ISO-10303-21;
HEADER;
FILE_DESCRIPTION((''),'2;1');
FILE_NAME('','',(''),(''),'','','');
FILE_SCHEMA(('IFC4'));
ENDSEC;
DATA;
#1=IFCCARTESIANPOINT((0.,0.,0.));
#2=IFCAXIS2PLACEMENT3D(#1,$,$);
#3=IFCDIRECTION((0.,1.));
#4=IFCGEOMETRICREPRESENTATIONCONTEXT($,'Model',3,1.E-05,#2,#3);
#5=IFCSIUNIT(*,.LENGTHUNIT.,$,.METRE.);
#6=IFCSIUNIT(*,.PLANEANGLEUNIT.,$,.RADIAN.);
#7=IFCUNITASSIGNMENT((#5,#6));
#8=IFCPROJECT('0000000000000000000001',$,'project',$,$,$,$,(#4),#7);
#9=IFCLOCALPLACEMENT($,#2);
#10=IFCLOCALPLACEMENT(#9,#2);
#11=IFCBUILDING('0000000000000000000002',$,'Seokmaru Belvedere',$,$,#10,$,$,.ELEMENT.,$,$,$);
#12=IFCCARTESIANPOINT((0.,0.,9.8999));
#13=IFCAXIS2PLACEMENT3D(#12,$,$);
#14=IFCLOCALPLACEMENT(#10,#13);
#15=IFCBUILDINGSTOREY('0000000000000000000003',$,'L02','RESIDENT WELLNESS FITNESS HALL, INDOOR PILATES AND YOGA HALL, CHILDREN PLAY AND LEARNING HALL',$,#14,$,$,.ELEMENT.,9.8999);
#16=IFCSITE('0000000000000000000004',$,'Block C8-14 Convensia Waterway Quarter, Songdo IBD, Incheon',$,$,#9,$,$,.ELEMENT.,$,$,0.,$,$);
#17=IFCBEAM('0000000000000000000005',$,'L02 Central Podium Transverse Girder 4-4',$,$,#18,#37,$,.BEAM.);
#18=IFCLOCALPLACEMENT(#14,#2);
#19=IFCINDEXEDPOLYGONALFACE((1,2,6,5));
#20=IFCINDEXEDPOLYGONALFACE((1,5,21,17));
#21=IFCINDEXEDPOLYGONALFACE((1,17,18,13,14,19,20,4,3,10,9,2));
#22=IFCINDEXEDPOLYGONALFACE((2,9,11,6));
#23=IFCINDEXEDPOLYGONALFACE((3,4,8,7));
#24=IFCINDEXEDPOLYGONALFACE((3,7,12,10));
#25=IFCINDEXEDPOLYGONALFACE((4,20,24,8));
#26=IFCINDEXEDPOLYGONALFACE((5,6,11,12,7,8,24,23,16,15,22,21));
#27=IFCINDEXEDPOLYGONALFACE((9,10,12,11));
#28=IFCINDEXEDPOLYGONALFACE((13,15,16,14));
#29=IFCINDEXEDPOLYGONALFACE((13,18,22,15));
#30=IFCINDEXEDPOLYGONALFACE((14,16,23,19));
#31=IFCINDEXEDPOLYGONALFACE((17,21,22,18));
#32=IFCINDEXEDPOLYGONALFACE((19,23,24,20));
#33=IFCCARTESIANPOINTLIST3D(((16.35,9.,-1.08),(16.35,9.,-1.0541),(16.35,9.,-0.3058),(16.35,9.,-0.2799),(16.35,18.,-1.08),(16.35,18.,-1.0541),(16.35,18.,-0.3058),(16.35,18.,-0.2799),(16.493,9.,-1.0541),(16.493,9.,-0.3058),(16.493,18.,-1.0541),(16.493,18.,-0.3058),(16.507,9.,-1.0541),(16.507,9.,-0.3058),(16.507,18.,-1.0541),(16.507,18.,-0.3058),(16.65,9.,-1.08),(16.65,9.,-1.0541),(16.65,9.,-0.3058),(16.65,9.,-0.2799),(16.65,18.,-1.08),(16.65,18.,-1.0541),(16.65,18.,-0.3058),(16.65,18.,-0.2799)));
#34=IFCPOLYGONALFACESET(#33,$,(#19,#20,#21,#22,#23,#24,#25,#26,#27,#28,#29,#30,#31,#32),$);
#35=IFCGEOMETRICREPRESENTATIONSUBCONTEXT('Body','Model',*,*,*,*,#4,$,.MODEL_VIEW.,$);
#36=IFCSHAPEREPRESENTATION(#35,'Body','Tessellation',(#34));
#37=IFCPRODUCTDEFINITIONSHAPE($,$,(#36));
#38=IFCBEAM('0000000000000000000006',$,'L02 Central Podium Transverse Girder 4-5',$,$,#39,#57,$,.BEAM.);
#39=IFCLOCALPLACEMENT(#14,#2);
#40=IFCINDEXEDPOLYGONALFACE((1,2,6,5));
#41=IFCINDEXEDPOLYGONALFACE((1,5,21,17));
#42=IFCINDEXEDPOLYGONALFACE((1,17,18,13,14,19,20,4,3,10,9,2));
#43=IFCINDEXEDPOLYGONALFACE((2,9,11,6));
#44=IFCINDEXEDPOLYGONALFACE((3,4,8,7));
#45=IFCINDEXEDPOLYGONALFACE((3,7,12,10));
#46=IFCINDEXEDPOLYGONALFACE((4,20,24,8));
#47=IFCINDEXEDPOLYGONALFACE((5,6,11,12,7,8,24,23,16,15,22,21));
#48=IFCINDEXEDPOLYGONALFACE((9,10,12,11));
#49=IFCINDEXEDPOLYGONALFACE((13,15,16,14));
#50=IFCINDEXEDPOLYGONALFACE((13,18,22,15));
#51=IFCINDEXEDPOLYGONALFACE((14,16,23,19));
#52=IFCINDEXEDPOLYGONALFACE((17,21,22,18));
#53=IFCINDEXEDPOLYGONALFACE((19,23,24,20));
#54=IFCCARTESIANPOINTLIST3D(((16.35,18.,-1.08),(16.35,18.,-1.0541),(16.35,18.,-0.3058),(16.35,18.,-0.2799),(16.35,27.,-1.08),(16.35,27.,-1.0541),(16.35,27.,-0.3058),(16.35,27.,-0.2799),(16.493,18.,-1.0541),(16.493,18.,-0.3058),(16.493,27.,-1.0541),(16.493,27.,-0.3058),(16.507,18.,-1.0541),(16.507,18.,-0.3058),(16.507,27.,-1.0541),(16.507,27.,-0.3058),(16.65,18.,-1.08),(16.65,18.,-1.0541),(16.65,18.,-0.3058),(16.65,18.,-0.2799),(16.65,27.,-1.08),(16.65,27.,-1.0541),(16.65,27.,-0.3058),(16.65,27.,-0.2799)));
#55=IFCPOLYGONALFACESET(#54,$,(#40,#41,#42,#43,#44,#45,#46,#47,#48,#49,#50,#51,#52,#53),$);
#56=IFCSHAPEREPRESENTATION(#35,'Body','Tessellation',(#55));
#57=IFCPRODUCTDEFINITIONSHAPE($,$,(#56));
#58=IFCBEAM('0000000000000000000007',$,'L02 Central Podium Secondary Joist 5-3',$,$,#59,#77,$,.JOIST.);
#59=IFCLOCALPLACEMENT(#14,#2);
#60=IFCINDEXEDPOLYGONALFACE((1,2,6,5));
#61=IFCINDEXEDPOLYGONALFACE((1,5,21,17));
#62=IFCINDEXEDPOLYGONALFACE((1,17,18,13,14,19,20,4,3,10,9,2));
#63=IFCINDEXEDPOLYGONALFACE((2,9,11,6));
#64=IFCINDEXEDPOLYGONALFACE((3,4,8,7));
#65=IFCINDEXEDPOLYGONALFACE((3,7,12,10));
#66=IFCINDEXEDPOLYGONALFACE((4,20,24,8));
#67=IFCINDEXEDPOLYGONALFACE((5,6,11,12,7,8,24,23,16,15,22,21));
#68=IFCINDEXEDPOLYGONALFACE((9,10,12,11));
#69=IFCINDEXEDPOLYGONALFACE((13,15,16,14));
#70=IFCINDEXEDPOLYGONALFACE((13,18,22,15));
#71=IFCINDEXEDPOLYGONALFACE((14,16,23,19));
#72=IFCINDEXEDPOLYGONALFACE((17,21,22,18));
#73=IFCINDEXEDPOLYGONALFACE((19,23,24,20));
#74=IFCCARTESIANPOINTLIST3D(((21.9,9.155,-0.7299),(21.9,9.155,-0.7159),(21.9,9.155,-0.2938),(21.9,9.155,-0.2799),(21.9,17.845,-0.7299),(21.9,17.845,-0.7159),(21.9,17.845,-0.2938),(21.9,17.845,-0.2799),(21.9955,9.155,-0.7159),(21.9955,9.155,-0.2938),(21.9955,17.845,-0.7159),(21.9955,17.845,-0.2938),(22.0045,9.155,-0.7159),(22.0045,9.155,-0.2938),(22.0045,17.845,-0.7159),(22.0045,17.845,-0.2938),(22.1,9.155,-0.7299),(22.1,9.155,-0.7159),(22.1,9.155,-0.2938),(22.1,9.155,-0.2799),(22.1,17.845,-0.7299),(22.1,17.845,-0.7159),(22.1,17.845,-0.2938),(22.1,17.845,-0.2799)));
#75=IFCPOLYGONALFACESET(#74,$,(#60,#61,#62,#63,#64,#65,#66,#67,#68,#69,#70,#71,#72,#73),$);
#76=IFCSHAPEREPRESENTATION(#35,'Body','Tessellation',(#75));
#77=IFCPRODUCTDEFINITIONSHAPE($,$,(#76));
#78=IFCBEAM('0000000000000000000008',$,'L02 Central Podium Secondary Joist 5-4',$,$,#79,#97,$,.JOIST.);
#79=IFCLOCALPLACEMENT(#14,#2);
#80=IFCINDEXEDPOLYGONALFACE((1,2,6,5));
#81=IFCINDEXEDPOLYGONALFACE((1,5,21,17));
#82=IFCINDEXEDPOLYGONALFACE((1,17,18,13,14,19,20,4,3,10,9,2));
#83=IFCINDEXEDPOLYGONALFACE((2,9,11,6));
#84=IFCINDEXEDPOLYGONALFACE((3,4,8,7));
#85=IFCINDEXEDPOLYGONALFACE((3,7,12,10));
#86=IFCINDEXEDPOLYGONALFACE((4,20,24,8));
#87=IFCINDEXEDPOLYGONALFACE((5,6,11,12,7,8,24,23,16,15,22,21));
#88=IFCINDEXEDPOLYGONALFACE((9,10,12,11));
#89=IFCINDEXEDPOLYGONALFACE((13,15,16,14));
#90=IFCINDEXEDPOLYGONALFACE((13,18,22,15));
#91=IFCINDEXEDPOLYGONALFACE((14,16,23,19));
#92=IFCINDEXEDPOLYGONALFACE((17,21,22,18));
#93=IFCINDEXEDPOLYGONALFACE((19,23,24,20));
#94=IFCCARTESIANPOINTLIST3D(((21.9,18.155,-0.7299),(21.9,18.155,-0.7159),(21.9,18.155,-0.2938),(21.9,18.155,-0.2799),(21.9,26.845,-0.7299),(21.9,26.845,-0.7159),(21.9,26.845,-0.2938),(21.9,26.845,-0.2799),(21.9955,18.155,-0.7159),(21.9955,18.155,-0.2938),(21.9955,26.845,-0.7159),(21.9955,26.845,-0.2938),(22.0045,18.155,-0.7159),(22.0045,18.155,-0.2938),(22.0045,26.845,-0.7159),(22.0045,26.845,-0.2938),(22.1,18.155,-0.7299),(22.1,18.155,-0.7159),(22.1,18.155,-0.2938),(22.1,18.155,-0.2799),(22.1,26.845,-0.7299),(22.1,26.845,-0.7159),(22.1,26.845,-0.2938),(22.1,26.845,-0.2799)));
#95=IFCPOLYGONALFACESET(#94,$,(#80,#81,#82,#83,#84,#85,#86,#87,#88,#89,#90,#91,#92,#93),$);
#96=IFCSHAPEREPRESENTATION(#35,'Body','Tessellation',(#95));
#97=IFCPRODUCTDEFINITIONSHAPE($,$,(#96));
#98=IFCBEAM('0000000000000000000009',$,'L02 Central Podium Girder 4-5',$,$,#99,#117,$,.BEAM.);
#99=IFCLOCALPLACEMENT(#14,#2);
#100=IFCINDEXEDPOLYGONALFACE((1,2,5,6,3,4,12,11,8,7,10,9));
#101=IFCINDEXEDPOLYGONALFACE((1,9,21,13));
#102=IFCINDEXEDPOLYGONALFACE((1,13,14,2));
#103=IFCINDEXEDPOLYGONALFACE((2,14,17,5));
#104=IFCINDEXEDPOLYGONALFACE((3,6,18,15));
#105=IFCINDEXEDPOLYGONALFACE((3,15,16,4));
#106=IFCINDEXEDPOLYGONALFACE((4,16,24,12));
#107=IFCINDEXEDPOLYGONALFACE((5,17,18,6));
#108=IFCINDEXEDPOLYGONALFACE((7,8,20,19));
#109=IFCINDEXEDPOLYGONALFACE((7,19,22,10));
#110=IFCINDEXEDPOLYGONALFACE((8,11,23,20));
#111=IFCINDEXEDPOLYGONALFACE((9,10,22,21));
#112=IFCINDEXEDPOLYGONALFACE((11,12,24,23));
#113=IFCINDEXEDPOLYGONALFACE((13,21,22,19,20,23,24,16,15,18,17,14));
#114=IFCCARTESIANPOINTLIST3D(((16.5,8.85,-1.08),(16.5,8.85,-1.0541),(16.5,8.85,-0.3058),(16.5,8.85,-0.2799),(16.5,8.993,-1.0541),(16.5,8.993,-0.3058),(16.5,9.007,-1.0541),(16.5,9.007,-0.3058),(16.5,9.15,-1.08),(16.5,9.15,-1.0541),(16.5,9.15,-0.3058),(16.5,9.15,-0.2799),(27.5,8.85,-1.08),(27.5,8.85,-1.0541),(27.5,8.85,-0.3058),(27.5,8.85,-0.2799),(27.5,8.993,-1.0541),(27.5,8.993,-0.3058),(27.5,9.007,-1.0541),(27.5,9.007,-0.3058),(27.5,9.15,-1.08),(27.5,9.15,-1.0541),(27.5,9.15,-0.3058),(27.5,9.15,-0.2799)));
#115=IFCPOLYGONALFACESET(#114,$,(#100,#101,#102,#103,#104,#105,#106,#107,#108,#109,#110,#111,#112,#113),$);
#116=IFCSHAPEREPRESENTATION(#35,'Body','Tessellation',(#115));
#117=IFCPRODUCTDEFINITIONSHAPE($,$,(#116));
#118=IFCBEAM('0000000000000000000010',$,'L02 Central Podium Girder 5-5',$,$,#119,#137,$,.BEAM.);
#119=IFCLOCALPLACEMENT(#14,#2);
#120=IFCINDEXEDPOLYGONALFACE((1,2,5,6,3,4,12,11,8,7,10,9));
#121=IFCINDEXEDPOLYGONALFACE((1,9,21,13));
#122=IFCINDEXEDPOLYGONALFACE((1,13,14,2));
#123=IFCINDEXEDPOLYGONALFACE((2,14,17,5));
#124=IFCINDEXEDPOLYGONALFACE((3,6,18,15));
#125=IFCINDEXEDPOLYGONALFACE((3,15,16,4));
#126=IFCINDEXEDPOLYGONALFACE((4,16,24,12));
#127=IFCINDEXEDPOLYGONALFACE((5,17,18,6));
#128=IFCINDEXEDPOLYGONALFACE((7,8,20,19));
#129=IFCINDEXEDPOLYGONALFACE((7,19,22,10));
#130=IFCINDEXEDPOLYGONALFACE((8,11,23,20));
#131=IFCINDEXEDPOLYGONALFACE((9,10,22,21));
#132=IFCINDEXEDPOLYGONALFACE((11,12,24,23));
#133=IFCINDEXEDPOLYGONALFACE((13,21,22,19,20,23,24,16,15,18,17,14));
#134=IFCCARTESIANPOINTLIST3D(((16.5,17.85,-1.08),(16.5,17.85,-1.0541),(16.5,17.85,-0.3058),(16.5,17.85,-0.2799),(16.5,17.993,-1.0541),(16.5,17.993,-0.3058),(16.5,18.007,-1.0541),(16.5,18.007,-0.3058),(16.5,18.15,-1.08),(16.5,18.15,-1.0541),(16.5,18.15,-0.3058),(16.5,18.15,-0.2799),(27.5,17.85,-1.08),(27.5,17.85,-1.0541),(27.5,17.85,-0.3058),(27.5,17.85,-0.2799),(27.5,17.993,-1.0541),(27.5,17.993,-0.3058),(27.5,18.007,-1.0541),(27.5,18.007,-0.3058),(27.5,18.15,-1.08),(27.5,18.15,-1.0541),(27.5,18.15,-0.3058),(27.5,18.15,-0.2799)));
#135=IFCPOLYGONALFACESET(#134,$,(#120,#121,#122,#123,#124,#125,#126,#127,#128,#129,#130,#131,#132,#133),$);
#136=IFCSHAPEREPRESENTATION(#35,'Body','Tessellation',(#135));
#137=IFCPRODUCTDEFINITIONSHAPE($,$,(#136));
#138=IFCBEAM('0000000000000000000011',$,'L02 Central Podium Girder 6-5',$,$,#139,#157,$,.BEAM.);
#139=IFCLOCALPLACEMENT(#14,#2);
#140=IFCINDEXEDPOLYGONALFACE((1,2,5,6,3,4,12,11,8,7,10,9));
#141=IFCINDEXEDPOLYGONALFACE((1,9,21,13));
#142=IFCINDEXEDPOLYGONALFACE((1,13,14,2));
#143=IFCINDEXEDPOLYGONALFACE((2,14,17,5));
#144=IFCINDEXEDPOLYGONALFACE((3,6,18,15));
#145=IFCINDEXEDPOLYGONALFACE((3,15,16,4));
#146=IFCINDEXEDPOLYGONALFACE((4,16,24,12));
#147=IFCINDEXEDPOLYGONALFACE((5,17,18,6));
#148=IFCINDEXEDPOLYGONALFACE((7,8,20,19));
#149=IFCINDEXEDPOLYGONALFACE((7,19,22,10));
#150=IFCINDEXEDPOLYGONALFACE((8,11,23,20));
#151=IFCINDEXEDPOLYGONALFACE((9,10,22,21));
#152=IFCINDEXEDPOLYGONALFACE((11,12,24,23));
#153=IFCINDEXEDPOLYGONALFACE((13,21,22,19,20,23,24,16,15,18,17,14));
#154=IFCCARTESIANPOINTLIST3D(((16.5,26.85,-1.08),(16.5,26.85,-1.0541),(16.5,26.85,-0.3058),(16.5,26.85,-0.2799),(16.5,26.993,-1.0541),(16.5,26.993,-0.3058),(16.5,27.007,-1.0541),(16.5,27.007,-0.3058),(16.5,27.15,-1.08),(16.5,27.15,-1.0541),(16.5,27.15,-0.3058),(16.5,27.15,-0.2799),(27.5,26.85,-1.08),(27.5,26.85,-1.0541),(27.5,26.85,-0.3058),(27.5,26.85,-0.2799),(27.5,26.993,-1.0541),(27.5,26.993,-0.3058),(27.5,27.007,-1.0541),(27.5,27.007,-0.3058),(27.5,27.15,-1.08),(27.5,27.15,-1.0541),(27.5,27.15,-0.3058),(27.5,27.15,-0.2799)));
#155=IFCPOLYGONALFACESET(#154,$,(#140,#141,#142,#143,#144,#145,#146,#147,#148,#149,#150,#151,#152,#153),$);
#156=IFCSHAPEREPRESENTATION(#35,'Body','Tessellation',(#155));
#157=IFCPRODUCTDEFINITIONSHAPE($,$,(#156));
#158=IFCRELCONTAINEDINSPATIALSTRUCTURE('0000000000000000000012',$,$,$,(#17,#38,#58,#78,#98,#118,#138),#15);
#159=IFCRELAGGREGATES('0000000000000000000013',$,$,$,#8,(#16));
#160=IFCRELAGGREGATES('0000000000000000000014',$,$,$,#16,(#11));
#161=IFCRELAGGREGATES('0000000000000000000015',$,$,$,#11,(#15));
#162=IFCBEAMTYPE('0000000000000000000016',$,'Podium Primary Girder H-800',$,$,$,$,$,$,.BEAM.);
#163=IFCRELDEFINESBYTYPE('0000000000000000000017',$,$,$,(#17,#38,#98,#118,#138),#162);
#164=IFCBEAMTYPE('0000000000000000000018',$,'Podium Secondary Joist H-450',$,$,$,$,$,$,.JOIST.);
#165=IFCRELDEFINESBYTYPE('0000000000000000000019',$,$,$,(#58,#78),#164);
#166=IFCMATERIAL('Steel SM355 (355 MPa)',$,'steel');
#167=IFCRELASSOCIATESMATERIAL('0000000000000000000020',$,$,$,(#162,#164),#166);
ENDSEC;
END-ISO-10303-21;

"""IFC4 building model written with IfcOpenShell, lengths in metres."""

from ifc_helpers import new_model, si_unit, direction, frame, origin, origin_2d, place, context, subcontext, project, spatial, i_section, extrude, source, transform, mapped, material, material_profile, profile_set, type_object, type_shapes, element, save


model = new_model("IFC4")

# Units and contexts
model_context = context("Model", 3, precision=1e-05, world=origin(), true_north=direction((0.0, 1.0)))
body_context = subcontext(model_context, "Body", "Model", "MODEL_VIEW")
ifc_project = project(units=[si_unit("LENGTHUNIT", "METRE"), si_unit("PLANEANGLEUNIT", "RADIAN")], contexts=[model_context])

# Site, building, storey
site_placement = place(None, origin())
site = spatial("IfcSite", under=ifc_project, at=site_placement, Name="Block C8-14 Convensia Waterway Quarter, Songdo IBD, Incheon", CompositionType="ELEMENT", RefElevation=0.0)
building_placement = place(site_placement, origin())
building = spatial("IfcBuilding", under=site, at=building_placement, Name="Seokmaru Belvedere", CompositionType="ELEMENT")
storey_placement = place(building_placement, frame((0.0, 0.0, 9.8999)))
storey = spatial("IfcBuildingStorey", under=building, at=storey_placement, Name="L02", Description="RESIDENT WELLNESS FITNESS HALL, INDOOR PILATES AND YOGA HALL, CHILDREN PLAY AND LEARNING HALL", CompositionType="ELEMENT", Elevation=9.8999)

# Shared definitions
ifc_material_1 = material(Name="Steel SM355 (355 MPa)", Category="steel")

# Beams
ifc_material_profile_1 = material_profile(ifc_material_1, i_section(OverallWidth=0.3, OverallDepth=0.8, WebThickness=0.0139, FlangeThickness=0.0259, at=origin_2d()), Name="H-800x300x14x26")
ifc_profile_set_1 = profile_set([ifc_material_profile_1], Name="Steel SM355 (355 MPa)")
beam_type_1 = type_object("IfcBeamType", Name="Podium Primary Girder H-800", PredefinedType="BEAM", material=ifc_profile_set_1)
shared_shape_1 = source(origin(), body_context, "Body", "SweptSolid", [
    extrude(i_section(OverallWidth=0.3, OverallDepth=0.8, WebThickness=0.0139, FlangeThickness=0.0259, at=origin_2d()), origin(), (0.0, 0.0, 1.0), 9.0),
])
for number, where, z_axis, x_axis, name in (
    (1, (16.5, 9.0, -0.6799), (0.0, 1.0, 0.0), (-1.0, 0.0, 0.0), "L02 Central Podium Transverse Girder 4-4"),
    (2, (16.5, 18.0, -0.6799), (0.0, 1.0, 0.0), (-1.0, 0.0, 0.0), "L02 Central Podium Transverse Girder 4-5"),
):
    element("IfcBeam", number, at=place(storey_placement, frame(where, z_axis=z_axis, x_axis=x_axis)), inside=storey, type_object=beam_type_1, Name=name, PredefinedType="BEAM", context=body_context, shape_type="MappedRepresentation", body=[
        mapped(shared_shape_1, transform((0.0, 0.0, 0.0), scale=1.0)),
    ])
ifc_material_profile_2 = material_profile(ifc_material_1, i_section(OverallWidth=0.2, OverallDepth=0.45, WebThickness=0.009, FlangeThickness=0.0139, at=origin_2d()), Name="H-450x200x9x14")
ifc_profile_set_2 = profile_set([ifc_material_profile_2], Name="Steel SM355 (355 MPa)")
beam_type_2 = type_object("IfcBeamType", Name="Podium Secondary Joist H-450", PredefinedType="JOIST", material=ifc_profile_set_2)
shared_shape_2 = source(origin(), body_context, "Body", "SweptSolid", [
    extrude(i_section(OverallWidth=0.2, OverallDepth=0.45, WebThickness=0.009, FlangeThickness=0.0139, at=origin_2d()), origin(), (0.0, 0.0, 1.0), 8.6899),
])
type_shapes(beam_type_2, [shared_shape_2])
for number, where, z_axis, x_axis, name in (
    (3, (22.0, 9.155, -0.5049), (0.0, 1.0, 0.0), (-1.0, 0.0, 0.0), "L02 Central Podium Secondary Joist 5-3"),
    (4, (22.0, 18.155, -0.5049), (0.0, 1.0, 0.0), (-1.0, 0.0, 0.0), "L02 Central Podium Secondary Joist 5-4"),
):
    element("IfcBeam", number, at=place(storey_placement, frame(where, z_axis=z_axis, x_axis=x_axis)), inside=storey, type_object=beam_type_2, Name=name, PredefinedType="JOIST", context=body_context, shape_type="MappedRepresentation", body=[
        mapped(shared_shape_2, transform((0.0, 0.0, 0.0), scale=1.0)),
    ])
shared_shape_3 = source(origin(), body_context, "Body", "SweptSolid", [
    extrude(i_section(OverallWidth=0.3, OverallDepth=0.8, WebThickness=0.0139, FlangeThickness=0.0259, at=origin_2d()), origin(), (0.0, 0.0, 1.0), 11.0),
])
type_shapes(beam_type_1, [shared_shape_1, shared_shape_3])
for number, where, z_axis, x_axis, name in (
    (5, (16.5, 9.0, -0.6799), (1.0, 0.0, 0.0), (0.0, 1.0, 0.0), "L02 Central Podium Girder 4-5"),
    (6, (16.5, 18.0, -0.6799), (1.0, 0.0, 0.0), (0.0, 1.0, 0.0), "L02 Central Podium Girder 5-5"),
    (7, (16.5, 27.0, -0.6799), (1.0, 0.0, 0.0), (0.0, 1.0, 0.0), "L02 Central Podium Girder 6-5"),
):
    element("IfcBeam", number, at=place(storey_placement, frame(where, z_axis=z_axis, x_axis=x_axis)), inside=storey, type_object=beam_type_1, Name=name, PredefinedType="BEAM", context=body_context, shape_type="MappedRepresentation", body=[
        mapped(shared_shape_3, transform((0.0, 0.0, 0.0), scale=1.0)),
    ])

save(model, "model.ifc")
